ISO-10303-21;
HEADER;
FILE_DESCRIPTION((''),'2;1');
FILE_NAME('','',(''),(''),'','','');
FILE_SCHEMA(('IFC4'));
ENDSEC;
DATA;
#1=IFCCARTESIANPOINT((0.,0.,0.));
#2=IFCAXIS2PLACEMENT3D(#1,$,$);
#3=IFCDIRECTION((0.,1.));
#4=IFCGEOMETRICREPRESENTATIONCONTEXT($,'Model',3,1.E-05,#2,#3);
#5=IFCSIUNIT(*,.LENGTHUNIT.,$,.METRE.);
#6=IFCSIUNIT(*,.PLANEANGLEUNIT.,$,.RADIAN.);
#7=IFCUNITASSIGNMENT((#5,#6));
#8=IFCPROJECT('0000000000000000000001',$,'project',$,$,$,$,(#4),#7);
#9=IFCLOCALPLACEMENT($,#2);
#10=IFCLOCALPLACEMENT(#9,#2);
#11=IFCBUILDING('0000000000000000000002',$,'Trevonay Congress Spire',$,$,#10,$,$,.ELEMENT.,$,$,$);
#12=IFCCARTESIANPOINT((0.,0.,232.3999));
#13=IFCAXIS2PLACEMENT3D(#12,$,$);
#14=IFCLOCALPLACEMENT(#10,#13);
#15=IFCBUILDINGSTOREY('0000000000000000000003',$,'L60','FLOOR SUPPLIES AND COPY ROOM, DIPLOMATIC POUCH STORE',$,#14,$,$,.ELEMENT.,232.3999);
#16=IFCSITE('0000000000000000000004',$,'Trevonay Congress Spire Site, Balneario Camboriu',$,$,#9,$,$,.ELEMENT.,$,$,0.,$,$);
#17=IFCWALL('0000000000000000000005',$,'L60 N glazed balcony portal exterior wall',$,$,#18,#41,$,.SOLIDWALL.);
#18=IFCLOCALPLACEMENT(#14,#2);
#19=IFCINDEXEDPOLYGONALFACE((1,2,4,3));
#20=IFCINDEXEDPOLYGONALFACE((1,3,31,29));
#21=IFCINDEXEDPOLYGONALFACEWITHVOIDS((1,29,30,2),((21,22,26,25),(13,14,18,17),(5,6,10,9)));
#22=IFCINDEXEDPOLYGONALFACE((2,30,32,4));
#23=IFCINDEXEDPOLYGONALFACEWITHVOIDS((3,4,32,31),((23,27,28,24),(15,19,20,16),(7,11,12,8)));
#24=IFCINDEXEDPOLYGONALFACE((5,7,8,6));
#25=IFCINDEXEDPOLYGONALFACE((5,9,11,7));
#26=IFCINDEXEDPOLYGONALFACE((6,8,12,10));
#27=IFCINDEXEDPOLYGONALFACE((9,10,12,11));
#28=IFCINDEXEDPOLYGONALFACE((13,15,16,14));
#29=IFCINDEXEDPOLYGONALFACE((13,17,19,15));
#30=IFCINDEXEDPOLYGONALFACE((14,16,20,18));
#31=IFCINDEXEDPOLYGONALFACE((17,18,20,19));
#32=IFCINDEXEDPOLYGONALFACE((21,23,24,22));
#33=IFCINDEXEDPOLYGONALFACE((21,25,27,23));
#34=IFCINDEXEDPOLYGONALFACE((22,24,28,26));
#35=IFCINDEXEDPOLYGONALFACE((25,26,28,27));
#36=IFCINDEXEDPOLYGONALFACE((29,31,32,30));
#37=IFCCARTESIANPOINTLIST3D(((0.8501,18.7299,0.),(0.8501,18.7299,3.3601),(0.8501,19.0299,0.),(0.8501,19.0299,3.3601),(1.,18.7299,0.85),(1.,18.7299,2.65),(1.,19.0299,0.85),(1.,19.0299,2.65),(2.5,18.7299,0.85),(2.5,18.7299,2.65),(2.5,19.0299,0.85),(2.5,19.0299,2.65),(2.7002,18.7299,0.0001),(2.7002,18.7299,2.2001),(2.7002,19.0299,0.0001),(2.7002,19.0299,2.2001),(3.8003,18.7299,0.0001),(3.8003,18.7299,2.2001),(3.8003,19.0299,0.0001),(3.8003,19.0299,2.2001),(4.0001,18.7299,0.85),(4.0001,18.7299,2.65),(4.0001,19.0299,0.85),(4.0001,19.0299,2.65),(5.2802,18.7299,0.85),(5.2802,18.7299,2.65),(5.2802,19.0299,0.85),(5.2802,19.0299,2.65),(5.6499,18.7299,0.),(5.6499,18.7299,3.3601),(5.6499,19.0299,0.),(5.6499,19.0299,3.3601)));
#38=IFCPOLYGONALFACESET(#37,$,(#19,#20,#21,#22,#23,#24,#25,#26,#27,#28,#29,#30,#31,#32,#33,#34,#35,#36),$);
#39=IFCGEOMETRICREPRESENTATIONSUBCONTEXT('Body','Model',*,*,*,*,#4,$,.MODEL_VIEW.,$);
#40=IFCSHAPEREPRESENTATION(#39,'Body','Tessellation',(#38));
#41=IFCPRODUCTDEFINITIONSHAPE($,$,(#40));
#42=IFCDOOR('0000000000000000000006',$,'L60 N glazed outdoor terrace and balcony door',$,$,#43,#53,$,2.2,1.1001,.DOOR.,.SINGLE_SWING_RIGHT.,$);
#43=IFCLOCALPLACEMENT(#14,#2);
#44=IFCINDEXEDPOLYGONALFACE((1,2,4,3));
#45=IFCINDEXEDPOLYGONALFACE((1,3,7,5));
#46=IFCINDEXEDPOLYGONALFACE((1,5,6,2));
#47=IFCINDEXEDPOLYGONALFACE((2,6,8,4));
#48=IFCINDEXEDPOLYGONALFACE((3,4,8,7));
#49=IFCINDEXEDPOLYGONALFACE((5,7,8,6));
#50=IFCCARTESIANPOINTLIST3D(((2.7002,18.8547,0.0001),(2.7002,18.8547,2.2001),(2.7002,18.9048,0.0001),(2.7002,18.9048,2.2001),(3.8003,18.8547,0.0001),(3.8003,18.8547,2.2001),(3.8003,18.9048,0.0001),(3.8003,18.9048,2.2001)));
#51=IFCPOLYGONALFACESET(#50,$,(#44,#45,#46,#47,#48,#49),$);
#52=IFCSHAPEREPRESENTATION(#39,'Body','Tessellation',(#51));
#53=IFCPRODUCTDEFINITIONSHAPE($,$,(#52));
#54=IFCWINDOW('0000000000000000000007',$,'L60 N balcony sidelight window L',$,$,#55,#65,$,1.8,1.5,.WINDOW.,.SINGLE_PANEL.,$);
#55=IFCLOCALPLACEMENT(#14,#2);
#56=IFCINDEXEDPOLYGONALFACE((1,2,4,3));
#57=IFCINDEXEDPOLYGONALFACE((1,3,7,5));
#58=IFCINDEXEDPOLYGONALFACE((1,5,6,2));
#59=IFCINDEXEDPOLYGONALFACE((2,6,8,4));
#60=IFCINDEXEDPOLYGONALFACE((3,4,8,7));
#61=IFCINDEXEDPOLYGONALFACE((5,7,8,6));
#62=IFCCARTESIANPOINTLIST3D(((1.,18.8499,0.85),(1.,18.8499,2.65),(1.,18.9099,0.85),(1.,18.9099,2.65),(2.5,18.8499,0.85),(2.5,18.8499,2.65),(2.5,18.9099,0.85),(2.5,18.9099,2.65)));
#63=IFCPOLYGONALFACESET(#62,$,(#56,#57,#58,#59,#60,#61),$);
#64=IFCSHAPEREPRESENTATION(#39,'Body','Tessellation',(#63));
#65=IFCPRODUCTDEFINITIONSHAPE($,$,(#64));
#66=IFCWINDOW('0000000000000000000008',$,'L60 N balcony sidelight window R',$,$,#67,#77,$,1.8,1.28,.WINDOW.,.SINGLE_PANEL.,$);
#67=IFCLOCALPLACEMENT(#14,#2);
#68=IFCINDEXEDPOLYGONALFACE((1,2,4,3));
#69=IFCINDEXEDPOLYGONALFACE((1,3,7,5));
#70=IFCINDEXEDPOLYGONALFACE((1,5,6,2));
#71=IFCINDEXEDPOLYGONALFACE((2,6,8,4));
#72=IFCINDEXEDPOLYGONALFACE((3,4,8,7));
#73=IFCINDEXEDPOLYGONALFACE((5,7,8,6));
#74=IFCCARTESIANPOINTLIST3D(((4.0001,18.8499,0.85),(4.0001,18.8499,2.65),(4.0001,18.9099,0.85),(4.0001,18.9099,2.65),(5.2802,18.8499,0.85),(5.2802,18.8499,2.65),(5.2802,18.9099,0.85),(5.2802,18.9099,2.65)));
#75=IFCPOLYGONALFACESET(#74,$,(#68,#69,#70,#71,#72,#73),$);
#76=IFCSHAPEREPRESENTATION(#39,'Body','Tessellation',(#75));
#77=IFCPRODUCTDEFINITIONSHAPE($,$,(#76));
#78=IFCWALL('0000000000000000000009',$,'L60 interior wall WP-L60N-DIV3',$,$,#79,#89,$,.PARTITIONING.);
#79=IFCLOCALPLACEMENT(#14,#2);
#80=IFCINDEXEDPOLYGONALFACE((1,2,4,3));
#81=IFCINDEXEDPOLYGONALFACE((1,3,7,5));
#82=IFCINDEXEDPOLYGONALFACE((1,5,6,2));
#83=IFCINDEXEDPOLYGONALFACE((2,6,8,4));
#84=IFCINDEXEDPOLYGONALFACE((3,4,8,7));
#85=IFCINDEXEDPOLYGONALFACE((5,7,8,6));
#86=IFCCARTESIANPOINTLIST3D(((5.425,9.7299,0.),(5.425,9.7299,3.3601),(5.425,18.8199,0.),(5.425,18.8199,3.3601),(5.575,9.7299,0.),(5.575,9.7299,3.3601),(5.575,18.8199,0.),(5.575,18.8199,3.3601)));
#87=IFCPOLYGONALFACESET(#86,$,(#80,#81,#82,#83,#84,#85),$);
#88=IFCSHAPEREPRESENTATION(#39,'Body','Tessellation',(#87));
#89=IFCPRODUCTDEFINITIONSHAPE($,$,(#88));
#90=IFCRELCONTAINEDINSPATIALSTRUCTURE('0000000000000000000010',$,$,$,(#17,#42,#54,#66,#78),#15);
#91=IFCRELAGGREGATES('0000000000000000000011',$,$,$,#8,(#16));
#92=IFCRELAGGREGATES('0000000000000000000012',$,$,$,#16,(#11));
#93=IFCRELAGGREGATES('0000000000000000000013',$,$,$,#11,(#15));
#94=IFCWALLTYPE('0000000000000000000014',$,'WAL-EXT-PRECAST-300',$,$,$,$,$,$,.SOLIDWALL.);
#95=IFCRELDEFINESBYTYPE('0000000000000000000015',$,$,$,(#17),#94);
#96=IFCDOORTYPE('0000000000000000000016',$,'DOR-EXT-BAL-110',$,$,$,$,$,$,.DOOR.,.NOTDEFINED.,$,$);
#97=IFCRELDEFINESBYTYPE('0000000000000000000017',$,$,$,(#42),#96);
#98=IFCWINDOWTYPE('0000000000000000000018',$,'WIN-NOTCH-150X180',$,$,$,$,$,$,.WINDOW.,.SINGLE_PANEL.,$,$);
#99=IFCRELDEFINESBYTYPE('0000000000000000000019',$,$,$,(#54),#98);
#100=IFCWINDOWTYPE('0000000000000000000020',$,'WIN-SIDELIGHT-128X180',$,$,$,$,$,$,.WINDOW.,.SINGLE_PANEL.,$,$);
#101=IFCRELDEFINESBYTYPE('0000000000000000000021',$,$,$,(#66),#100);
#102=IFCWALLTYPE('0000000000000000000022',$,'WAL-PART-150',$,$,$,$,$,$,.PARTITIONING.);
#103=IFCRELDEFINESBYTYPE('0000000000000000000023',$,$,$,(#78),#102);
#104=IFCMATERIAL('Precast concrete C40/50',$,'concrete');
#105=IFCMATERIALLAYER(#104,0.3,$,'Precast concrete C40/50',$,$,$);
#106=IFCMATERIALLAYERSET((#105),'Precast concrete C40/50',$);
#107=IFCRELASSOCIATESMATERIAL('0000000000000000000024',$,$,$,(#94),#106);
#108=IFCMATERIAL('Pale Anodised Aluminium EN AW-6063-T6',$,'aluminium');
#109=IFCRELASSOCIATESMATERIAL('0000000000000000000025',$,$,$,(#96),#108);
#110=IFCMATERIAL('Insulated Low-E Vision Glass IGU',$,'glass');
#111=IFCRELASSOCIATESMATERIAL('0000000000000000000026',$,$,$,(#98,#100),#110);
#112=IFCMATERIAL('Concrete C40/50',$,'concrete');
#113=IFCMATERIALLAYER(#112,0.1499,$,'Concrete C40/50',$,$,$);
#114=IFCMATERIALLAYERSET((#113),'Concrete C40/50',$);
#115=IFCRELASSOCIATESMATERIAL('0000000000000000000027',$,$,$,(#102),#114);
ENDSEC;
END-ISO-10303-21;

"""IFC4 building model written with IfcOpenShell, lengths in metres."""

from ifc_helpers import new_model, si_unit, direction, frame, frame_2d, origin, place, context, subcontext, project, spatial, rectangle, extrude, material, layer, layer_set, type_object, element, fill, save


model = new_model("IFC4")

# Units and contexts
model_context = context("Model", 3, precision=1e-05, world=origin(), true_north=direction((0.0, 1.0)))
body_context = subcontext(model_context, "Body", "Model", "MODEL_VIEW")
ifc_project = project(units=[si_unit("LENGTHUNIT", "METRE"), si_unit("PLANEANGLEUNIT", "RADIAN")], contexts=[model_context])

# Site, building, storey
site_placement = place(None, origin())
site = spatial("IfcSite", under=ifc_project, at=site_placement, Name="Trevonay Congress Spire Site, Balneario Camboriu", CompositionType="ELEMENT", RefElevation=0.0)
building_placement = place(site_placement, origin())
building = spatial("IfcBuilding", under=site, at=building_placement, Name="Trevonay Congress Spire", CompositionType="ELEMENT")
storey_placement = place(building_placement, frame((0.0, 0.0, 232.3999)))
storey = spatial("IfcBuildingStorey", under=building, at=storey_placement, Name="L60", Description="FLOOR SUPPLIES AND COPY ROOM, DIPLOMATIC POUCH STORE", CompositionType="ELEMENT", Elevation=232.3999)

# Shared definitions
ifc_material_1 = material(Name="Pale Anodised Aluminium EN AW-6063-T6", Category="aluminium")

# Wall, openings, door, windows
ifc_material_2 = material(Name="Precast concrete C40/50", Category="concrete")
ifc_layer_1 = layer(ifc_material_2, 0.3, Name="Precast concrete C40/50")
ifc_layer_set_1 = layer_set([ifc_layer_1], Name="Precast concrete C40/50")
wall_type_1 = type_object("IfcWallType", Name="WAL-EXT-PRECAST-300", PredefinedType="SOLIDWALL", material=ifc_layer_set_1)
wall_1_placement = place(storey_placement, frame((0.8501, 18.8799, 0.0), z_axis=(0.0, 0.0, 1.0), x_axis=(1.0, 0.0, 0.0)))
wall_1 = element("IfcWall", 1, at=wall_1_placement, inside=storey, type_object=wall_type_1, Name="L60 N glazed balcony portal exterior wall", PredefinedType="SOLIDWALL", context=body_context, shape_type="SweptSolid", body=[
    extrude(rectangle(XDim=4.7998, YDim=0.3, at=frame_2d((2.3999, 0.0))), origin(), (0.0, 0.0, 1.0), 3.3601),
])
opening_1_placement = place(wall_1_placement, frame((1.8501, 0.0, 0.0)))
opening_1 = element("IfcOpeningElement", 2, at=opening_1_placement, cuts=wall_1, PredefinedType="OPENING", context=body_context, shape_type="SweptSolid", body=[
    extrude(rectangle(XDim=1.1001, YDim=2.2, at=frame_2d((0.55, 1.1001))), frame((0.0, 0.1602, 0.0), z_axis=(0.0, -1.0, 0.0), x_axis=(1.0, 0.0, 0.0)), (0.0, 0.0, 1.0), 0.3201),
])
opening_2_placement = place(wall_1_placement, frame((0.1499, 0.0, 0.8501)))
opening_2 = element("IfcOpeningElement", 3, at=opening_2_placement, cuts=wall_1, PredefinedType="OPENING", context=body_context, shape_type="SweptSolid", body=[
    extrude(rectangle(XDim=1.5, YDim=1.8, at=frame_2d((0.75, 0.8999))), frame((0.0, 0.1602, 0.0), z_axis=(0.0, -1.0, 0.0), x_axis=(1.0, 0.0, 0.0)), (0.0, 0.0, 1.0), 0.3201),
])
opening_3_placement = place(wall_1_placement, frame((3.1499, 0.0, 0.8501)))
opening_3 = element("IfcOpeningElement", 4, at=opening_3_placement, cuts=wall_1, PredefinedType="OPENING", context=body_context, shape_type="SweptSolid", body=[
    extrude(rectangle(XDim=1.28, YDim=1.8, at=frame_2d((0.6401, 0.8999))), frame((0.0, 0.1602, 0.0), z_axis=(0.0, -1.0, 0.0), x_axis=(1.0, 0.0, 0.0)), (0.0, 0.0, 1.0), 0.3201),
])
door_type = type_object("IfcDoorType", Name="DOR-EXT-BAL-110", OperationType="NOTDEFINED", PredefinedType="DOOR", material=ifc_material_1)
door_placement = place(opening_1_placement, origin())
door = element("IfcDoor", 5, at=door_placement, inside=storey, type_object=door_type, Name="L60 N glazed outdoor terrace and balcony door", OperationType="SINGLE_SWING_RIGHT", OverallHeight=2.2, OverallWidth=1.1001, PredefinedType="DOOR", context=body_context, shape_type="SweptSolid", body=[
    extrude(rectangle(XDim=1.1001, YDim=2.2, at=frame_2d((0.55, 1.1001))), frame((0.0, 0.0249, 0.0), z_axis=(0.0, -1.0, 0.0), x_axis=(1.0, 0.0, 0.0)), (0.0, 0.0, 1.0), 0.05),
])
fill(opening_1, door)
ifc_material_3 = material(Name="Insulated Low-E Vision Glass IGU", Category="glass")
window_type_1 = type_object("IfcWindowType", Name="WIN-NOTCH-150X180", PartitioningType="SINGLE_PANEL", PredefinedType="WINDOW", material=ifc_material_3)
window_1_placement = place(opening_2_placement, origin())
window_1 = element("IfcWindow", 6, at=window_1_placement, inside=storey, type_object=window_type_1, Name="L60 N balcony sidelight window L", OverallHeight=1.8, OverallWidth=1.5, PartitioningType="SINGLE_PANEL", PredefinedType="WINDOW", context=body_context, shape_type="SweptSolid", body=[
    extrude(rectangle(XDim=1.5, YDim=1.8, at=frame_2d((0.75, 0.8999))), frame((0.0, 0.03, 0.0), z_axis=(0.0, -1.0, 0.0), x_axis=(1.0, 0.0, 0.0)), (0.0, 0.0, 1.0), 0.0601),
])
fill(opening_2, window_1)
window_type_2 = type_object("IfcWindowType", Name="WIN-SIDELIGHT-128X180", PartitioningType="SINGLE_PANEL", PredefinedType="WINDOW", material=ifc_material_3)
window_2_placement = place(opening_3_placement, origin())
window_2 = element("IfcWindow", 7, at=window_2_placement, inside=storey, type_object=window_type_2, Name="L60 N balcony sidelight window R", OverallHeight=1.8, OverallWidth=1.28, PartitioningType="SINGLE_PANEL", PredefinedType="WINDOW", context=body_context, shape_type="SweptSolid", body=[
    extrude(rectangle(XDim=1.28, YDim=1.8, at=frame_2d((0.6401, 0.8999))), frame((0.0, 0.03, 0.0), z_axis=(0.0, -1.0, 0.0), x_axis=(1.0, 0.0, 0.0)), (0.0, 0.0, 1.0), 0.0601),
])
fill(opening_3, window_2)

# Wall
ifc_material_4 = material(Name="Concrete C40/50", Category="concrete")
ifc_layer_2 = layer(ifc_material_4, 0.1499, Name="Concrete C40/50")
ifc_layer_set_2 = layer_set([ifc_layer_2], Name="Concrete C40/50")
wall_type_2 = type_object("IfcWallType", Name="WAL-PART-150", PredefinedType="PARTITIONING", material=ifc_layer_set_2)
wall_2_placement = place(storey_placement, frame((5.5, 9.73, 0.0), z_axis=(0.0, 0.0, 1.0), x_axis=(0.0, 1.0, 0.0)))
element("IfcWall", 8, at=wall_2_placement, inside=storey, type_object=wall_type_2, Name="L60 interior wall WP-L60N-DIV3", PredefinedType="PARTITIONING", context=body_context, shape_type="SweptSolid", body=[
    extrude(rectangle(XDim=9.0901, YDim=0.1499, at=frame_2d((4.5449, 0.0))), origin(), (0.0, 0.0, 1.0), 3.3601),
])

save(model, "model.ifc")
